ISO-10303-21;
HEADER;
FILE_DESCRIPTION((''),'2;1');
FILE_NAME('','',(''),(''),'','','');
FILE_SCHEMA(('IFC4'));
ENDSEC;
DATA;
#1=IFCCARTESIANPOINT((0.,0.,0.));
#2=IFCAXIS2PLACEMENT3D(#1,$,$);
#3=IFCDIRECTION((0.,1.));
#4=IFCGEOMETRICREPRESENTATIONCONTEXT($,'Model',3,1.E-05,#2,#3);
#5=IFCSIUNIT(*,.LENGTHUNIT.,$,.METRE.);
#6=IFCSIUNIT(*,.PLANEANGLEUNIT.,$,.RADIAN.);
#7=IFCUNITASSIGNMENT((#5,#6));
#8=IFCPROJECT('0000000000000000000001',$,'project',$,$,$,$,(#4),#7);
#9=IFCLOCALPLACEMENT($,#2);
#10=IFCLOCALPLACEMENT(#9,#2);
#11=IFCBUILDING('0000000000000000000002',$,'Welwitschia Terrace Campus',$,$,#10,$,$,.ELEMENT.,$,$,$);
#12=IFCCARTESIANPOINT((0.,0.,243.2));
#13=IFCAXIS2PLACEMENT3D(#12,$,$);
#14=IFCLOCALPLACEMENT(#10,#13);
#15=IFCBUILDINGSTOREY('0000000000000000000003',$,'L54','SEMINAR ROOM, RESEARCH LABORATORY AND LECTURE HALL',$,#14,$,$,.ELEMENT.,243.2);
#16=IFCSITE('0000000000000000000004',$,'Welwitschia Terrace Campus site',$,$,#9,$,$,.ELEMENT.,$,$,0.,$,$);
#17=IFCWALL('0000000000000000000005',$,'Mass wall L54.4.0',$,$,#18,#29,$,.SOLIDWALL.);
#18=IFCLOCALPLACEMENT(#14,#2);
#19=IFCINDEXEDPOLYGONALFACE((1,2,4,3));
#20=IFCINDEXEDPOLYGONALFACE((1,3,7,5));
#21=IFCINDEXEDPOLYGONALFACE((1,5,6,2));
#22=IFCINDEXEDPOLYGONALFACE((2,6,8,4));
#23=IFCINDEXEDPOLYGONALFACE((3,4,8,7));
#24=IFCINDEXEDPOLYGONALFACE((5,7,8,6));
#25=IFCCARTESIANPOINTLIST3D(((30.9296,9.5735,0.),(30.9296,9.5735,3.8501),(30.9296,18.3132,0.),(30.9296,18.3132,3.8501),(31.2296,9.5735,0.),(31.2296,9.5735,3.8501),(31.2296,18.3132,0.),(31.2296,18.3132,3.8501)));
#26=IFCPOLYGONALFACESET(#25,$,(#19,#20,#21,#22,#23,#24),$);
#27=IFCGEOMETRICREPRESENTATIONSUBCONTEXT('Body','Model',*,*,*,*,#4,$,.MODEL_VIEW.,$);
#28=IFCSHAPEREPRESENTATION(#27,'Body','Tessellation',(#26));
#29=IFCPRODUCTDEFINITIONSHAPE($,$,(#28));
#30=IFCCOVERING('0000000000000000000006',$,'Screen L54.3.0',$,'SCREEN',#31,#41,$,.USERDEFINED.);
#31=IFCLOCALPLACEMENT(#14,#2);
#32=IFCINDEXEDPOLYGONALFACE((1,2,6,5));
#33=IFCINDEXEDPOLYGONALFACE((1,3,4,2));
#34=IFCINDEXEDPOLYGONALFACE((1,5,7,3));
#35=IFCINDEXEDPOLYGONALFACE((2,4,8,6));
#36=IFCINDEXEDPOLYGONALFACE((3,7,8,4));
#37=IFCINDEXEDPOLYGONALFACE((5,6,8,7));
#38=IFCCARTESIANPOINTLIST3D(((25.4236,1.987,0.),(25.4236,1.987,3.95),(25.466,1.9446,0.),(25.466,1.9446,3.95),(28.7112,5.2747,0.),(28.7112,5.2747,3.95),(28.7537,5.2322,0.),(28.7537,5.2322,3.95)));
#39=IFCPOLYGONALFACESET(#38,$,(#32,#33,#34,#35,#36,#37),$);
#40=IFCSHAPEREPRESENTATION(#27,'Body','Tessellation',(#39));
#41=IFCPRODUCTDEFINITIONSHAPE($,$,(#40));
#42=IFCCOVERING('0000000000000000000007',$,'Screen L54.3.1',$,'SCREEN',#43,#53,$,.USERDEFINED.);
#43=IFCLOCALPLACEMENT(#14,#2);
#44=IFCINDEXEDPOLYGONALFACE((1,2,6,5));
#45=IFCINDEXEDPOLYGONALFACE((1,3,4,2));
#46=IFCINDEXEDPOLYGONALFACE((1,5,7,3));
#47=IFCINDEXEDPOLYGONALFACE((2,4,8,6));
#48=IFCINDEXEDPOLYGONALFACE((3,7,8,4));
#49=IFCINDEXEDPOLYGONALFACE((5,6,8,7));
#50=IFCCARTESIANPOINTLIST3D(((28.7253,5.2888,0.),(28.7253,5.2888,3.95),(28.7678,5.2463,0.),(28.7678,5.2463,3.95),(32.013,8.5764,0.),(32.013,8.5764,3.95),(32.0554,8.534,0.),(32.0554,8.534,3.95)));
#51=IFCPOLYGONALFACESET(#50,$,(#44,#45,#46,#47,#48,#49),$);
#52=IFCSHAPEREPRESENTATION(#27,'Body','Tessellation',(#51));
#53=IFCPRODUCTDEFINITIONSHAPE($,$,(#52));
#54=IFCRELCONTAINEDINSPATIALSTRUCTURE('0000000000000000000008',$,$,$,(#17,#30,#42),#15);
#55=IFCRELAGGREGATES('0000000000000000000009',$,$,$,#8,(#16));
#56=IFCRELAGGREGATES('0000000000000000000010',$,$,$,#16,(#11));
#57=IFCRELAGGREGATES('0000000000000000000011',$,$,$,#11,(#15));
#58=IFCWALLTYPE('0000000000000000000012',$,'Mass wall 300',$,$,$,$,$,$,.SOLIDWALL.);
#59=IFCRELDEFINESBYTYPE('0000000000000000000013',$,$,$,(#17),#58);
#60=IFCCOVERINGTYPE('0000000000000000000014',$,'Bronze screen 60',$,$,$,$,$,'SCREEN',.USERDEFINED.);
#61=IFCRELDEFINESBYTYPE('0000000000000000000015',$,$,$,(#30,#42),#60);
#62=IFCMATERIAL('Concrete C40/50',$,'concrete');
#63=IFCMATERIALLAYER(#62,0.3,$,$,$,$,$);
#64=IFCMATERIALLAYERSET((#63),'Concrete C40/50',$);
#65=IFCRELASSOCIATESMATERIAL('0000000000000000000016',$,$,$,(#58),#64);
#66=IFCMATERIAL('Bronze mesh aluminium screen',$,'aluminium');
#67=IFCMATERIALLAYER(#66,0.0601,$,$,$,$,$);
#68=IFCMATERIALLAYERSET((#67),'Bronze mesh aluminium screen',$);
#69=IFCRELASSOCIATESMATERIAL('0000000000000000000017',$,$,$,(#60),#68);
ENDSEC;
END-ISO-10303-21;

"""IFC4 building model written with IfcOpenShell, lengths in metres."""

from ifc_helpers import new_model, si_unit, direction, frame, frame_2d, origin, origin_2d, place, context, subcontext, project, spatial, rectangle, extrude, material, layer, layer_set, type_object, element, save


model = new_model("IFC4")

# Units and contexts
model_context = context("Model", 3, precision=1e-05, world=origin(), true_north=direction((0.0, 1.0)))
body_context = subcontext(model_context, "Body", "Model", "MODEL_VIEW")
ifc_project = project(units=[si_unit("LENGTHUNIT", "METRE"), si_unit("PLANEANGLEUNIT", "RADIAN")], contexts=[model_context])

# Site, building, storey
site_placement = place(None, origin())
site = spatial("IfcSite", under=ifc_project, at=site_placement, Name="Welwitschia Terrace Campus site", CompositionType="ELEMENT", RefElevation=0.0)
building_placement = place(site_placement, origin())
building = spatial("IfcBuilding", under=site, at=building_placement, Name="Welwitschia Terrace Campus", CompositionType="ELEMENT")
storey_placement = place(building_placement, frame((0.0, 0.0, 243.2)))
storey = spatial("IfcBuildingStorey", under=building, at=storey_placement, Name="L54", Description="SEMINAR ROOM, RESEARCH LABORATORY AND LECTURE HALL", CompositionType="ELEMENT", Elevation=243.2)

# Wall
ifc_material_1 = material(Name="Concrete C40/50", Category="concrete")
ifc_layer_1 = layer(ifc_material_1, 0.3)
ifc_layer_set_1 = layer_set([ifc_layer_1], Name="Concrete C40/50")
wall_type_1 = type_object("IfcWallType", Name="Mass wall 300", PredefinedType="SOLIDWALL", material=ifc_layer_set_1)
wall_1_placement = place(storey_placement, frame((31.0796, 9.5735, 0.0), z_axis=(0.0, 0.0, 1.0), x_axis=(0.0, 1.0, 0.0)))
element("IfcWall", 1, at=wall_1_placement, inside=storey, type_object=wall_type_1, Name="Mass wall L54.4.0", PredefinedType="SOLIDWALL", context=body_context, shape_type="SweptSolid", body=[
    extrude(rectangle(XDim=8.7397, YDim=0.3, at=frame_2d((4.3699, 0.0))), origin(), (0.0, 0.0, 1.0), 3.8501),
])

# Coverings
ifc_material_2 = material(Name="Bronze mesh aluminium screen", Category="aluminium")
ifc_layer_2 = layer(ifc_material_2, 0.0601)
ifc_layer_set_2 = layer_set([ifc_layer_2], Name="Bronze mesh aluminium screen")
covering_type = type_object("IfcCoveringType", Name="Bronze screen 60", ElementType="SCREEN", PredefinedType="USERDEFINED", material=ifc_layer_set_2)
for number, where, z_axis, x_axis, name in (
    (2, (27.0886, 3.6096, 0.0), (0.0, 0.0, 1.0), (0.707107, 0.707107, 0.0), "Screen L54.3.0"),
    (3, (30.3904, 6.9114, 0.0), (0.0, 0.0, 1.0), (0.707107, 0.707107, 0.0), "Screen L54.3.1"),
):
    element("IfcCovering", number, at=place(storey_placement, frame(where, z_axis=z_axis, x_axis=x_axis)), inside=storey, type_object=covering_type, Name=name, ObjectType="SCREEN", PredefinedType="USERDEFINED", context=body_context, shape_type="SweptSolid", body=[
        extrude(rectangle(XDim=4.6494, YDim=0.0601, at=origin_2d()), origin(), (0.0, 0.0, 1.0), 3.95),
    ])

save(model, "model.ifc")
